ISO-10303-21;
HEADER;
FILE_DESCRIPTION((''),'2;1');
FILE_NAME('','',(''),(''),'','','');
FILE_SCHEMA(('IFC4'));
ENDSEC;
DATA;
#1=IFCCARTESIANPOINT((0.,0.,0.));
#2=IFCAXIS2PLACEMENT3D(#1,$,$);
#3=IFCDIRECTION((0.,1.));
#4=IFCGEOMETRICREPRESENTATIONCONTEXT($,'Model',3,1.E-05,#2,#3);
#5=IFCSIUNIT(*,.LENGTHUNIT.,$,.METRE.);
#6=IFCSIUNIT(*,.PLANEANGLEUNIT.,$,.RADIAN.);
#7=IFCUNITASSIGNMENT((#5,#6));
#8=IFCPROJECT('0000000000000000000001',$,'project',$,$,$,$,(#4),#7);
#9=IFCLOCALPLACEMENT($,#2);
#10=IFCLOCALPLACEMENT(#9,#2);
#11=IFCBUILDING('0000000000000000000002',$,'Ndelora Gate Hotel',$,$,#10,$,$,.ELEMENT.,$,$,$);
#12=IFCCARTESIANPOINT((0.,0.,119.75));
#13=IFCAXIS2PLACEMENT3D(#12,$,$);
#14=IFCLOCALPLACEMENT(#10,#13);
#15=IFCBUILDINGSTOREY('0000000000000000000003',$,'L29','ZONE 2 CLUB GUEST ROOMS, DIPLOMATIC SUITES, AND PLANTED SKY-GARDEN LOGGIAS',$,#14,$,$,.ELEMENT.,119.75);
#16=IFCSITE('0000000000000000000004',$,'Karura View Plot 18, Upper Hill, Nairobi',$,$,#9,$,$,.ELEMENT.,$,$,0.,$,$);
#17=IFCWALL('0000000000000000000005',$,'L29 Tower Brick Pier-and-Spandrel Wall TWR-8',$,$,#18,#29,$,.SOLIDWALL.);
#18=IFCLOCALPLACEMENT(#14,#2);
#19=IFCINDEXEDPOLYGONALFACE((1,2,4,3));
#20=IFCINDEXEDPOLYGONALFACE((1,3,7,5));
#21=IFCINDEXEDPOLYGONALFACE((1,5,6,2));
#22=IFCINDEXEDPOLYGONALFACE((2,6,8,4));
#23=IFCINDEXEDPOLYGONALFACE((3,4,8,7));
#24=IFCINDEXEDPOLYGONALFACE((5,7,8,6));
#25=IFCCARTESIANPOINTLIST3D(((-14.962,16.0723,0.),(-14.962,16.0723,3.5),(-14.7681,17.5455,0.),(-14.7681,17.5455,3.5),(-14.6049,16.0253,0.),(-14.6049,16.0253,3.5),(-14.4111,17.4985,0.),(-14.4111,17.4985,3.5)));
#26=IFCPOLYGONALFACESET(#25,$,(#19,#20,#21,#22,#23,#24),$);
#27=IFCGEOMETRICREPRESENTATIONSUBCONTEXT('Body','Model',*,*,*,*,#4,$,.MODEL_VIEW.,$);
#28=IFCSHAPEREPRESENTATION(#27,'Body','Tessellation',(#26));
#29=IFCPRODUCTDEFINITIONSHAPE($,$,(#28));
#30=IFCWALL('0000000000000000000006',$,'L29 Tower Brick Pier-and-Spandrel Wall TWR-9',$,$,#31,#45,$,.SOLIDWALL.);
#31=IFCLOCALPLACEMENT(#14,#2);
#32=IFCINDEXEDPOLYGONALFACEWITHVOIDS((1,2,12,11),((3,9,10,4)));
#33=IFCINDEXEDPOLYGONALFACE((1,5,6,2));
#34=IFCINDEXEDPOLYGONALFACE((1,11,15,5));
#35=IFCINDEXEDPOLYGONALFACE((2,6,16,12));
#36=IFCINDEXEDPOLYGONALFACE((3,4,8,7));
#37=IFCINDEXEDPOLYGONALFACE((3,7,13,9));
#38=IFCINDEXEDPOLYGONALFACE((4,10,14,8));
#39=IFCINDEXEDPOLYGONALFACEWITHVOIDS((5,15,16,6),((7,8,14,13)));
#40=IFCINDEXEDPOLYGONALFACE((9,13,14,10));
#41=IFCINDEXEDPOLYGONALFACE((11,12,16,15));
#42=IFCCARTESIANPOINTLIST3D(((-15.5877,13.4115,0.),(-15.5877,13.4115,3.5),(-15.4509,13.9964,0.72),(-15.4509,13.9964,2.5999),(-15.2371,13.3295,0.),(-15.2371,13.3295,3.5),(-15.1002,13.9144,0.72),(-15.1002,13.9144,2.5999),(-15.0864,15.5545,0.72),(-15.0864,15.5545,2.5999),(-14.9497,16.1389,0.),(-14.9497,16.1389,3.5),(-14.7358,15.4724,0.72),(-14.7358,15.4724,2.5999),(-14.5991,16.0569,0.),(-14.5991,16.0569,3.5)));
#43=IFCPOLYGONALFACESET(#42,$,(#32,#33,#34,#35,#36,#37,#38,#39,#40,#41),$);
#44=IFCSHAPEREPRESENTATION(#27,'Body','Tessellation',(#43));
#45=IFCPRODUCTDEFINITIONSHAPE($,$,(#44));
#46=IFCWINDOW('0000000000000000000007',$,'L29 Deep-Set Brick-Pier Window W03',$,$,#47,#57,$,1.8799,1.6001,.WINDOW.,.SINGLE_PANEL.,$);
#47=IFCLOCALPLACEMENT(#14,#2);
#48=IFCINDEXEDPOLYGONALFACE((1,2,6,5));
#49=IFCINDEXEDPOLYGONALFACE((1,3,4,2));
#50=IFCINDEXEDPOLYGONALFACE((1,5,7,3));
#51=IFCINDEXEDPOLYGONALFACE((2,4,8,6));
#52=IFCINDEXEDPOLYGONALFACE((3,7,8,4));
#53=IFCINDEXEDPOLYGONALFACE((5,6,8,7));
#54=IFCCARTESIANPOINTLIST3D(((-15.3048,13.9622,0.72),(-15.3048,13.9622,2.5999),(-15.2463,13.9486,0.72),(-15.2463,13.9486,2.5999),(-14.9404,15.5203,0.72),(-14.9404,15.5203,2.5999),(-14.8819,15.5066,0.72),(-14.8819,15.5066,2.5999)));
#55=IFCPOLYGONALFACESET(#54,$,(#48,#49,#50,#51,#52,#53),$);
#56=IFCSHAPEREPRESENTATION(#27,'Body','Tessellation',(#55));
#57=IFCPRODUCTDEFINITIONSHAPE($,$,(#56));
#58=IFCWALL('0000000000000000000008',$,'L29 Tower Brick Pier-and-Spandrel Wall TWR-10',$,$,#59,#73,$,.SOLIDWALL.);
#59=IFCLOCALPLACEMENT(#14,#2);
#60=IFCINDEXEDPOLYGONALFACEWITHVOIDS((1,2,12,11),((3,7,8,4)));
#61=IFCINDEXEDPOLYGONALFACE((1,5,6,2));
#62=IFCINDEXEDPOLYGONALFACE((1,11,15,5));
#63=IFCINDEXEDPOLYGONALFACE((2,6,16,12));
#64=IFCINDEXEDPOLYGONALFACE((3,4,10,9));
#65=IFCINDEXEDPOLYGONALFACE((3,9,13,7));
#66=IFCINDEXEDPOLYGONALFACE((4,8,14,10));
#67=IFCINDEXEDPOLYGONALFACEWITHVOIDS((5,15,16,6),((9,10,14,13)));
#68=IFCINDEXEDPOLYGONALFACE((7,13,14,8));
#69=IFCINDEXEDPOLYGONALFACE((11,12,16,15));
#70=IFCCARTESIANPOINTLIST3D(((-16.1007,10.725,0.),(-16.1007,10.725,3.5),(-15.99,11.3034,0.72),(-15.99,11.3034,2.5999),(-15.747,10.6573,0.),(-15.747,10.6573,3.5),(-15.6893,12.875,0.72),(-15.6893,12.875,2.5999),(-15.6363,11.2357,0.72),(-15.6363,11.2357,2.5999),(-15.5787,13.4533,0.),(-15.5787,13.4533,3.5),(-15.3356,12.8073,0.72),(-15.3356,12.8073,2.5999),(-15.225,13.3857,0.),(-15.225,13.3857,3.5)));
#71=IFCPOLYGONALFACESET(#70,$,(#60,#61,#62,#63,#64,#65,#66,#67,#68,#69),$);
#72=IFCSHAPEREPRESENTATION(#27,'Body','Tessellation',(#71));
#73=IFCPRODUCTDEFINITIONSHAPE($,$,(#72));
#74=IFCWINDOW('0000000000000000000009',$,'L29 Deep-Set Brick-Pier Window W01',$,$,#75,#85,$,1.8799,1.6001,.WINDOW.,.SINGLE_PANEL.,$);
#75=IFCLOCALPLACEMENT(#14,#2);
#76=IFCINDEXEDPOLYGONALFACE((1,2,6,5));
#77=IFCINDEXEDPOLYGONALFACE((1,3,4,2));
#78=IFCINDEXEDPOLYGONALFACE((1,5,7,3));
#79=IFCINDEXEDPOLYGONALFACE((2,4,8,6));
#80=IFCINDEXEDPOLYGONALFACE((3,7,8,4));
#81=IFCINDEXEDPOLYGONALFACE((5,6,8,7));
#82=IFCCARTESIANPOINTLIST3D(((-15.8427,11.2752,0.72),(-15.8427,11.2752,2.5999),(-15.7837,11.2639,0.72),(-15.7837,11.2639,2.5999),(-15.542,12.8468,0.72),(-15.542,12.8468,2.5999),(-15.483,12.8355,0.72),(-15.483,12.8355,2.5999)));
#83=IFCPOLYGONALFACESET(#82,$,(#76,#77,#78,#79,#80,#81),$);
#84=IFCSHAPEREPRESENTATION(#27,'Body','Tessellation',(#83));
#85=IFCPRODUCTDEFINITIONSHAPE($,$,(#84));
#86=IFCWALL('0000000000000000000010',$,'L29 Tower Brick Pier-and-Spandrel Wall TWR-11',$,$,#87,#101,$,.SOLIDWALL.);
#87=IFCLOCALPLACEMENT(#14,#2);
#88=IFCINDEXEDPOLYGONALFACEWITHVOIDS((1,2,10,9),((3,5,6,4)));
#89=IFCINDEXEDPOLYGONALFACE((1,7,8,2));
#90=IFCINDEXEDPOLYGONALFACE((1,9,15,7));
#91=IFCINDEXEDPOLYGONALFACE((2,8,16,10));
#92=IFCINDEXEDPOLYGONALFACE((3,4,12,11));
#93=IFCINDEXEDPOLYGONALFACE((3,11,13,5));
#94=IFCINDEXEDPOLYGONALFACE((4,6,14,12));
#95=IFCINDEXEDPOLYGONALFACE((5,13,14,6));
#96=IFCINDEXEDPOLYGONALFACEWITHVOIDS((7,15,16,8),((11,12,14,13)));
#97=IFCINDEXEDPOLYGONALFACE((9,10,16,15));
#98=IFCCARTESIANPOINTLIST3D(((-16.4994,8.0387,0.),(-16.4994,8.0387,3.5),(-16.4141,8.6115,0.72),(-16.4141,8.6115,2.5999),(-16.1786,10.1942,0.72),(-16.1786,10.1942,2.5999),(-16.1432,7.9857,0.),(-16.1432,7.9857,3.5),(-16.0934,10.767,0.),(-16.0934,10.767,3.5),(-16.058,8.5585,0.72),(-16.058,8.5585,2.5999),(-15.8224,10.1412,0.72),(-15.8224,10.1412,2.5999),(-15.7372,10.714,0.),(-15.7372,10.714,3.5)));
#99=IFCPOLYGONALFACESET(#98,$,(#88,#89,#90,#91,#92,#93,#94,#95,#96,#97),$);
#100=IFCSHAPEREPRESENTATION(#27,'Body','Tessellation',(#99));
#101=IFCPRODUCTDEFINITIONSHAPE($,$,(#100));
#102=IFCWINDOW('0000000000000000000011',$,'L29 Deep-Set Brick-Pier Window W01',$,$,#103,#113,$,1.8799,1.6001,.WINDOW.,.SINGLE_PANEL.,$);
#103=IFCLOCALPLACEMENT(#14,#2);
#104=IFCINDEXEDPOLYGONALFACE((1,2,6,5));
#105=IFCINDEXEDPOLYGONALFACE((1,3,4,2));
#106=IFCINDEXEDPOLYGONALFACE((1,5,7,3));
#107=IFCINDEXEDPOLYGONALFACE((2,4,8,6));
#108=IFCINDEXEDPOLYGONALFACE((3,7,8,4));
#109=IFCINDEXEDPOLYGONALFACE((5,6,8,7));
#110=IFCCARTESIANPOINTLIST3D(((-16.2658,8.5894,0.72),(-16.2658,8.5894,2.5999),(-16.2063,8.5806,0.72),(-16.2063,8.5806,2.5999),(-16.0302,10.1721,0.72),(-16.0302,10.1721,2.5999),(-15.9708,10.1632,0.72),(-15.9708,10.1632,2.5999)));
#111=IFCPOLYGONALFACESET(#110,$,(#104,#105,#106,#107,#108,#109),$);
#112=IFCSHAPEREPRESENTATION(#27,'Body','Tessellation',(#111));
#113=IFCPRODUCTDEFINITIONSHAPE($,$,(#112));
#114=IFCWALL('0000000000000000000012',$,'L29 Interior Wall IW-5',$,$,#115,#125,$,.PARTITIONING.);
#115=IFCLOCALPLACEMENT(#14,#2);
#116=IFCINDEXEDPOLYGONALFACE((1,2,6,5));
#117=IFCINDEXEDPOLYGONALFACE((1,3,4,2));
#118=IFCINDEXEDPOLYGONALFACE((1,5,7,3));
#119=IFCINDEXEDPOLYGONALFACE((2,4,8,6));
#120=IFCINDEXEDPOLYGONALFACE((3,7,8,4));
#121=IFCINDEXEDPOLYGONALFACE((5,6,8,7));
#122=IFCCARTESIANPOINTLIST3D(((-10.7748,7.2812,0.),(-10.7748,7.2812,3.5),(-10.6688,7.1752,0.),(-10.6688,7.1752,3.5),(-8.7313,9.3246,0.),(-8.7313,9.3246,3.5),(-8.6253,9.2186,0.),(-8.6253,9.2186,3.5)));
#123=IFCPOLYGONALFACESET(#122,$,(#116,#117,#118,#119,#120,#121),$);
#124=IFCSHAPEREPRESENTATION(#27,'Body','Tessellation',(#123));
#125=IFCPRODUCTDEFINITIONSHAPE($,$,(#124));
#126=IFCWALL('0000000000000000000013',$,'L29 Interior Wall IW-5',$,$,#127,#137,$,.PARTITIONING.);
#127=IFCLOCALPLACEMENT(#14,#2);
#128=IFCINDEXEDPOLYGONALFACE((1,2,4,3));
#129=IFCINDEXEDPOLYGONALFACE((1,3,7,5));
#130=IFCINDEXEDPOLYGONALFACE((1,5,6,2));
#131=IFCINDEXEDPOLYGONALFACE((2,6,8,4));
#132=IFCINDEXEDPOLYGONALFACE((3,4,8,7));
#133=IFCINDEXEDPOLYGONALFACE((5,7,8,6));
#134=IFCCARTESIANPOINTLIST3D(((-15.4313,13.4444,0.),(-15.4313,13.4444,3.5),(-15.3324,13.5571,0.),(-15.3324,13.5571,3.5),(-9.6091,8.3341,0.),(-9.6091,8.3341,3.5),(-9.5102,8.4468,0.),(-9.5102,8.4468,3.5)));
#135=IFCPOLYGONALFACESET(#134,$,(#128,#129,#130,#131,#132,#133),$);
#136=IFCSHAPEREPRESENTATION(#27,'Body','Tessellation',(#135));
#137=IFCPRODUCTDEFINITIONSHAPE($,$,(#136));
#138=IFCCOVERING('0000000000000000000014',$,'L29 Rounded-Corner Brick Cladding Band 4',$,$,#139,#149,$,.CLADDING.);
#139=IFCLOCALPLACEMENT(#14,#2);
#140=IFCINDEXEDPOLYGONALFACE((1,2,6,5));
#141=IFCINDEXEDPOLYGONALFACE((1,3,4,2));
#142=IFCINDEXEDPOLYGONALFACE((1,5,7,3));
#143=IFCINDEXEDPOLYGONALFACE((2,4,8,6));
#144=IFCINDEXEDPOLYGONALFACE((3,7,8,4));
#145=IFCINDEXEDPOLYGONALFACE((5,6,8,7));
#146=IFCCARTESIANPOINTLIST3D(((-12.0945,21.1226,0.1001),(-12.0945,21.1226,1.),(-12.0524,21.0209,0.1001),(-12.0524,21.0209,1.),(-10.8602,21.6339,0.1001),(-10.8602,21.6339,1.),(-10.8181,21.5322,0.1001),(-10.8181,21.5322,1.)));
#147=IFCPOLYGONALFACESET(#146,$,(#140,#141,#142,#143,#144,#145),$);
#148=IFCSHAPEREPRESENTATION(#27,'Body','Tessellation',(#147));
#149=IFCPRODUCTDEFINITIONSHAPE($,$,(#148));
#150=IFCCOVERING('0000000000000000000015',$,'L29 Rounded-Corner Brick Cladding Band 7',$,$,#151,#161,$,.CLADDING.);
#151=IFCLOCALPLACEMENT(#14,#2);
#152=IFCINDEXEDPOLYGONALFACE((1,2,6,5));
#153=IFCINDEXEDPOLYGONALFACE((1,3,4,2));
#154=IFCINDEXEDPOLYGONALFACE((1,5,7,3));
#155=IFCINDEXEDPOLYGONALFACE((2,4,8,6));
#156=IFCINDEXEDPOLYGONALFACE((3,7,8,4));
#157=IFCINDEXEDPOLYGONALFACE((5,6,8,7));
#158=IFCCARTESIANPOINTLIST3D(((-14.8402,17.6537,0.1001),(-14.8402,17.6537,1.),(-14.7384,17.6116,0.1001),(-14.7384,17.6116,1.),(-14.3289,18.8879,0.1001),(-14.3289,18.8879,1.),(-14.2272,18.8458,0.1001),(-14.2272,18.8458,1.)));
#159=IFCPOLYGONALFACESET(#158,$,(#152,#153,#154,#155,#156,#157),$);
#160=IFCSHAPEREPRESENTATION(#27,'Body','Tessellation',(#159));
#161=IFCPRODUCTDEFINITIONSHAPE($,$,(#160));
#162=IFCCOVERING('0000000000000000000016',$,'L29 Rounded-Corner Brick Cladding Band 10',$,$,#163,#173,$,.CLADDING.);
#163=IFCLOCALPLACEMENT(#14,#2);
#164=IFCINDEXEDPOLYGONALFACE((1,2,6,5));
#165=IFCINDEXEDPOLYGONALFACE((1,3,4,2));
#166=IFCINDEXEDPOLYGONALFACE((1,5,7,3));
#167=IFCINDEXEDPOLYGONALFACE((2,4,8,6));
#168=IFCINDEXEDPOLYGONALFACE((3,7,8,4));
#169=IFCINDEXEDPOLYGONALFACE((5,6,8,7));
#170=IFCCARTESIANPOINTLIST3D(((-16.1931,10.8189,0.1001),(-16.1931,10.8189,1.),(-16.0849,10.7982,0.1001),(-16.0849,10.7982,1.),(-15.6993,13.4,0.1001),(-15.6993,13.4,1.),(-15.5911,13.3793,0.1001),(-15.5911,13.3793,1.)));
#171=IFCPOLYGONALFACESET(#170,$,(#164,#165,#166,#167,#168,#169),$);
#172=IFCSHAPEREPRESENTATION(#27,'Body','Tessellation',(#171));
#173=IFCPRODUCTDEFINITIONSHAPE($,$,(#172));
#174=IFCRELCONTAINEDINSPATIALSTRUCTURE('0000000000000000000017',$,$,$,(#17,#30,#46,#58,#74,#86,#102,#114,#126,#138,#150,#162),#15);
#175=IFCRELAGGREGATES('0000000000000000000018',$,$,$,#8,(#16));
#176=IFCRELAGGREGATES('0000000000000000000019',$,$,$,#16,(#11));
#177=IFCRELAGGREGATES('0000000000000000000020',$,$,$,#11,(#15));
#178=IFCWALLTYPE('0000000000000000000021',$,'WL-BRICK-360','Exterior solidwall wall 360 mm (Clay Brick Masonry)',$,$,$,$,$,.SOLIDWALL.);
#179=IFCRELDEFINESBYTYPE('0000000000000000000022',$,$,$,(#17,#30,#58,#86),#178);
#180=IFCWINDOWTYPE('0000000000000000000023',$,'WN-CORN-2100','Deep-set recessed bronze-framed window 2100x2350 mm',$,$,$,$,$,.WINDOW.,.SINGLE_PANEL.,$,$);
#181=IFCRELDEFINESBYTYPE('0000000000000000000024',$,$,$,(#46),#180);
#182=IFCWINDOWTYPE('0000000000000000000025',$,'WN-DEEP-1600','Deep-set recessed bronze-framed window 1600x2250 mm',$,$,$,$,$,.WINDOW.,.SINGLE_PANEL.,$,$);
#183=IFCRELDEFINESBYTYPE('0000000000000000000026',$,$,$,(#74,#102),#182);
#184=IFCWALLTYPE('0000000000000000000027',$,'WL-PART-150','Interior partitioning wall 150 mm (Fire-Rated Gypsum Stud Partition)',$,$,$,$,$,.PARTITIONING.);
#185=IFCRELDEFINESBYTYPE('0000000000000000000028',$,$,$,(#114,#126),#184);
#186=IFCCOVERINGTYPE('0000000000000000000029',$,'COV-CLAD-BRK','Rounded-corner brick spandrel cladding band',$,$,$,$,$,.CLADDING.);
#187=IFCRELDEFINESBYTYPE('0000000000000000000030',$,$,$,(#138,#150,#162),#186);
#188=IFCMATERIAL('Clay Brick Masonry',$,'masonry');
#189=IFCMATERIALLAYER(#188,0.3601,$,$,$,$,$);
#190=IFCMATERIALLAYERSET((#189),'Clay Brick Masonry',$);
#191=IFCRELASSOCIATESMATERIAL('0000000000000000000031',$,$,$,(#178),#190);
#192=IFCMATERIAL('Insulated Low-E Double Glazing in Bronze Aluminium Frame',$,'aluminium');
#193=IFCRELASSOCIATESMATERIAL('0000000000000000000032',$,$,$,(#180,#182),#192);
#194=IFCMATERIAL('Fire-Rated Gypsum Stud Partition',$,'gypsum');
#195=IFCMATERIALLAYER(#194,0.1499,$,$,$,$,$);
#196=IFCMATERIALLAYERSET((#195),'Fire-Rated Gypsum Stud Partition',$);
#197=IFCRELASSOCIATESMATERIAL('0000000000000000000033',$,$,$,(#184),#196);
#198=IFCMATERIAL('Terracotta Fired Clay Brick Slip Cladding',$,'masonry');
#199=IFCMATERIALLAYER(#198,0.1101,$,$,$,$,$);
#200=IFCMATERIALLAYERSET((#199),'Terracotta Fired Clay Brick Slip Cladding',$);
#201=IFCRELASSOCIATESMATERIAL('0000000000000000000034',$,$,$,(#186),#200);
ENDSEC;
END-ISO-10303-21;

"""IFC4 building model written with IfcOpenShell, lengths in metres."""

from ifc_helpers import new_model, si_unit, direction, frame, frame_2d, origin, origin_2d, place, context, subcontext, project, spatial, rectangle, extrude, material, layer, layer_set, type_object, element, fill, save


model = new_model("IFC4")

# Units and contexts
model_context = context("Model", 3, precision=1e-05, world=origin(), true_north=direction((0.0, 1.0)))
body_context = subcontext(model_context, "Body", "Model", "MODEL_VIEW")
ifc_project = project(units=[si_unit("LENGTHUNIT", "METRE"), si_unit("PLANEANGLEUNIT", "RADIAN")], contexts=[model_context])

# Site, building, storey
site_placement = place(None, origin())
site = spatial("IfcSite", under=ifc_project, at=site_placement, Name="Karura View Plot 18, Upper Hill, Nairobi", CompositionType="ELEMENT", RefElevation=0.0)
building_placement = place(site_placement, origin())
building = spatial("IfcBuilding", under=site, at=building_placement, Name="Ndelora Gate Hotel", CompositionType="ELEMENT")
storey_placement = place(building_placement, frame((0.0, 0.0, 119.75)))
storey = spatial("IfcBuildingStorey", under=building, at=storey_placement, Name="L29", Description="ZONE 2 CLUB GUEST ROOMS, DIPLOMATIC SUITES, AND PLANTED SKY-GARDEN LOGGIAS", CompositionType="ELEMENT", Elevation=119.75)

# Wall
ifc_material_1 = material(Name="Clay Brick Masonry", Category="masonry")
ifc_layer_1 = layer(ifc_material_1, 0.3601)
ifc_layer_set_1 = layer_set([ifc_layer_1], Name="Clay Brick Masonry")
wall_type_1 = type_object("IfcWallType", Name="WL-BRICK-360", Description="Exterior solidwall wall 360 mm (Clay Brick Masonry)", PredefinedType="SOLIDWALL", material=ifc_layer_set_1)
wall_1_placement = place(storey_placement, frame((-14.7834, 16.0488, 0.0), z_axis=(0.0, 0.0, 1.0), x_axis=(0.130463, 0.991453, 0.0)))
element("IfcWall", 1, at=wall_1_placement, inside=storey, type_object=wall_type_1, Name="L29 Tower Brick Pier-and-Spandrel Wall TWR-8", PredefinedType="SOLIDWALL", context=body_context, shape_type="SweptSolid", body=[
    extrude(rectangle(XDim=1.4858, YDim=0.3601, at=frame_2d((0.7429, 0.0))), origin(), (0.0, 0.0, 1.0), 3.5),
])

# Walls, openings, windows
wall_2_placement = place(storey_placement, frame((-15.4124, 13.3706, 0.0), z_axis=(0.0, 0.0, 1.0), x_axis=(0.227761, 0.973717, 0.0)))
wall_2 = element("IfcWall", 2, at=wall_2_placement, inside=storey, type_object=wall_type_1, Name="L29 Tower Brick Pier-and-Spandrel Wall TWR-9", PredefinedType="SOLIDWALL", context=body_context, shape_type="SweptSolid", body=[
    extrude(rectangle(XDim=2.801, YDim=0.3601, at=frame_2d((1.4004, 0.0))), origin(), (0.0, 0.0, 1.0), 3.5),
])
opening_1_placement = place(wall_2_placement, frame((0.6006, 0.0, 0.72)))
opening_1 = element("IfcOpeningElement", 3, at=opening_1_placement, cuts=wall_2, PredefinedType="OPENING", context=body_context, shape_type="SweptSolid", body=[
    extrude(rectangle(XDim=1.6001, YDim=1.8799, at=frame_2d((0.8, 0.9399))), frame((0.0, 0.1899, 0.0), z_axis=(0.0, -1.0, 0.0), x_axis=(1.0, 0.0, 0.0)), (0.0, 0.0, 1.0), 0.3801),
])
ifc_material_2 = material(Name="Insulated Low-E Double Glazing in Bronze Aluminium Frame", Category="aluminium")
window_type_1 = type_object("IfcWindowType", Name="WN-CORN-2100", Description="Deep-set recessed bronze-framed window 2100x2350 mm", PartitioningType="SINGLE_PANEL", PredefinedType="WINDOW", material=ifc_material_2)
window_1_placement = place(opening_1_placement, origin())
window_1 = element("IfcWindow", 4, at=window_1_placement, inside=storey, type_object=window_type_1, Name="L29 Deep-Set Brick-Pier Window W03", OverallHeight=1.8799, OverallWidth=1.6001, PartitioningType="SINGLE_PANEL", PredefinedType="WINDOW", context=body_context, shape_type="SweptSolid", body=[
    extrude(rectangle(XDim=1.6001, YDim=1.8799, at=frame_2d((0.8, 0.9399))), frame((0.0, 0.03, 0.0), z_axis=(0.0, -1.0, 0.0), x_axis=(1.0, 0.0, 0.0)), (0.0, 0.0, 1.0), 0.0601),
])
fill(opening_1, window_1)
wall_3_placement = place(storey_placement, frame((-15.9238, 10.6912, 0.0), z_axis=(0.0, 0.0, 1.0), x_axis=(0.187912, 0.982186, 0.0)))
wall_3 = element("IfcWall", 5, at=wall_3_placement, inside=storey, type_object=wall_type_1, Name="L29 Tower Brick Pier-and-Spandrel Wall TWR-10", PredefinedType="SOLIDWALL", context=body_context, shape_type="SweptSolid", body=[
    extrude(rectangle(XDim=2.7778, YDim=0.3601, at=frame_2d((1.3889, 0.0))), origin(), (0.0, 0.0, 1.0), 3.5),
])
opening_2_placement = place(wall_3_placement, frame((0.5889, 0.0, 0.72)))
opening_2 = element("IfcOpeningElement", 6, at=opening_2_placement, cuts=wall_3, PredefinedType="OPENING", context=body_context, shape_type="SweptSolid", body=[
    extrude(rectangle(XDim=1.6001, YDim=1.8799, at=frame_2d((0.8, 0.9399))), frame((0.0, 0.1899, 0.0), z_axis=(0.0, -1.0, 0.0), x_axis=(1.0, 0.0, 0.0)), (0.0, 0.0, 1.0), 0.3801),
])
window_type_2 = type_object("IfcWindowType", Name="WN-DEEP-1600", Description="Deep-set recessed bronze-framed window 1600x2250 mm", PartitioningType="SINGLE_PANEL", PredefinedType="WINDOW", material=ifc_material_2)
window_2_placement = place(opening_2_placement, origin())
window_2 = element("IfcWindow", 7, at=window_2_placement, inside=storey, type_object=window_type_2, Name="L29 Deep-Set Brick-Pier Window W01", OverallHeight=1.8799, OverallWidth=1.6001, PartitioningType="SINGLE_PANEL", PredefinedType="WINDOW", context=body_context, shape_type="SweptSolid", body=[
    extrude(rectangle(XDim=1.6001, YDim=1.8799, at=frame_2d((0.8, 0.9399))), frame((0.0, 0.03, 0.0), z_axis=(0.0, -1.0, 0.0), x_axis=(1.0, 0.0, 0.0)), (0.0, 0.0, 1.0), 0.0601),
])
fill(opening_2, window_2)
wall_4_placement = place(storey_placement, frame((-16.3213, 8.0122, 0.0), z_axis=(0.0, 0.0, 1.0), x_axis=(0.147193, 0.989108, 0.0)))
wall_4 = element("IfcWall", 8, at=wall_4_placement, inside=storey, type_object=wall_type_1, Name="L29 Tower Brick Pier-and-Spandrel Wall TWR-11", PredefinedType="SOLIDWALL", context=body_context, shape_type="SweptSolid", body=[
    extrude(rectangle(XDim=2.7583, YDim=0.3601, at=frame_2d((1.3792, 0.0))), origin(), (0.0, 0.0, 1.0), 3.5),
])
opening_3_placement = place(wall_4_placement, frame((0.5791, 0.0, 0.72)))
opening_3 = element("IfcOpeningElement", 9, at=opening_3_placement, cuts=wall_4, PredefinedType="OPENING", context=body_context, shape_type="SweptSolid", body=[
    extrude(rectangle(XDim=1.6001, YDim=1.8799, at=frame_2d((0.8, 0.9399))), frame((0.0, 0.1899, 0.0), z_axis=(0.0, -1.0, 0.0), x_axis=(1.0, 0.0, 0.0)), (0.0, 0.0, 1.0), 0.3801),
])
window_3_placement = place(opening_3_placement, origin())
window_3 = element("IfcWindow", 10, at=window_3_placement, inside=storey, type_object=window_type_2, Name="L29 Deep-Set Brick-Pier Window W01", OverallHeight=1.8799, OverallWidth=1.6001, PartitioningType="SINGLE_PANEL", PredefinedType="WINDOW", context=body_context, shape_type="SweptSolid", body=[
    extrude(rectangle(XDim=1.6001, YDim=1.8799, at=frame_2d((0.8, 0.9399))), frame((0.0, 0.03, 0.0), z_axis=(0.0, -1.0, 0.0), x_axis=(1.0, 0.0, 0.0)), (0.0, 0.0, 1.0), 0.0601),
])
fill(opening_3, window_3)

# Walls
ifc_material_3 = material(Name="Fire-Rated Gypsum Stud Partition", Category="gypsum")
ifc_layer_2 = layer(ifc_material_3, 0.1499)
ifc_layer_set_2 = layer_set([ifc_layer_2], Name="Fire-Rated Gypsum Stud Partition")
wall_type_2 = type_object("IfcWallType", Name="WL-PART-150", Description="Interior partitioning wall 150 mm (Fire-Rated Gypsum Stud Partition)", PredefinedType="PARTITIONING", material=ifc_layer_set_2)
wall_5_placement = place(storey_placement, frame((-10.7217, 7.2283, 0.0), z_axis=(0.0, 0.0, 1.0), x_axis=(0.707107, 0.707107, 0.0)))
element("IfcWall", 11, at=wall_5_placement, inside=storey, type_object=wall_type_2, Name="L29 Interior Wall IW-5", PredefinedType="PARTITIONING", context=body_context, shape_type="SweptSolid", body=[
    extrude(rectangle(XDim=2.8899, YDim=0.1499, at=frame_2d((1.4448, 0.0))), origin(), (0.0, 0.0, 1.0), 3.5),
])
wall_6_placement = place(storey_placement, frame((-9.5596, 8.3904, 0.0), z_axis=(0.0, 0.0, 1.0), x_axis=(-0.751561, 0.659664, 0.0)))
element("IfcWall", 12, at=wall_6_placement, inside=storey, type_object=wall_type_2, Name="L29 Interior Wall IW-5", PredefinedType="PARTITIONING", context=body_context, shape_type="SweptSolid", body=[
    extrude(rectangle(XDim=7.7468, YDim=0.1499, at=frame_2d((3.8735, 0.0))), origin(), (0.0, 0.0, 1.0), 3.5),
])

# Coverings
ifc_material_4 = material(Name="Terracotta Fired Clay Brick Slip Cladding", Category="masonry")
ifc_layer_3 = layer(ifc_material_4, 0.1101)
ifc_layer_set_3 = layer_set([ifc_layer_3], Name="Terracotta Fired Clay Brick Slip Cladding")
covering_type_1 = type_object("IfcCoveringType", Name="COV-CLAD-BRK", Description="Rounded-corner brick spandrel cladding band", PredefinedType="CLADDING", material=ifc_layer_set_3)
for number, where, z_axis, x_axis, name in (
    (13, (-11.4563, 21.3274, 0.1001), (0.0, 0.0, 1.0), (0.92388, 0.382683, 0.0), "L29 Rounded-Corner Brick Cladding Band 4"),
    (14, (-14.5337, 18.2498, 0.1001), (0.0, 0.0, 1.0), (0.382683, 0.92388, 0.0), "L29 Rounded-Corner Brick Cladding Band 7"),
):
    element("IfcCovering", number, at=place(storey_placement, frame(where, z_axis=z_axis, x_axis=x_axis)), inside=storey, type_object=covering_type_1, Name=name, PredefinedType="CLADDING", context=body_context, shape_type="SweptSolid", body=[
        extrude(rectangle(XDim=1.3359, YDim=0.1101, at=origin_2d()), origin(), (0.0, 0.0, 1.0), 0.8999),
    ])
covering_placement = place(storey_placement, frame((-15.8921, 12.0991, 0.1001), z_axis=(0.0, 0.0, 1.0), x_axis=(0.187896, 0.982189, 0.0)))
element("IfcCovering", 15, at=covering_placement, inside=storey, type_object=covering_type_1, Name="L29 Rounded-Corner Brick Cladding Band 10", PredefinedType="CLADDING", context=body_context, shape_type="SweptSolid", body=[
    extrude(rectangle(XDim=2.6279, YDim=0.1101, at=origin_2d()), origin(), (0.0, 0.0, 1.0), 0.8999),
])

save(model, "model.ifc")
